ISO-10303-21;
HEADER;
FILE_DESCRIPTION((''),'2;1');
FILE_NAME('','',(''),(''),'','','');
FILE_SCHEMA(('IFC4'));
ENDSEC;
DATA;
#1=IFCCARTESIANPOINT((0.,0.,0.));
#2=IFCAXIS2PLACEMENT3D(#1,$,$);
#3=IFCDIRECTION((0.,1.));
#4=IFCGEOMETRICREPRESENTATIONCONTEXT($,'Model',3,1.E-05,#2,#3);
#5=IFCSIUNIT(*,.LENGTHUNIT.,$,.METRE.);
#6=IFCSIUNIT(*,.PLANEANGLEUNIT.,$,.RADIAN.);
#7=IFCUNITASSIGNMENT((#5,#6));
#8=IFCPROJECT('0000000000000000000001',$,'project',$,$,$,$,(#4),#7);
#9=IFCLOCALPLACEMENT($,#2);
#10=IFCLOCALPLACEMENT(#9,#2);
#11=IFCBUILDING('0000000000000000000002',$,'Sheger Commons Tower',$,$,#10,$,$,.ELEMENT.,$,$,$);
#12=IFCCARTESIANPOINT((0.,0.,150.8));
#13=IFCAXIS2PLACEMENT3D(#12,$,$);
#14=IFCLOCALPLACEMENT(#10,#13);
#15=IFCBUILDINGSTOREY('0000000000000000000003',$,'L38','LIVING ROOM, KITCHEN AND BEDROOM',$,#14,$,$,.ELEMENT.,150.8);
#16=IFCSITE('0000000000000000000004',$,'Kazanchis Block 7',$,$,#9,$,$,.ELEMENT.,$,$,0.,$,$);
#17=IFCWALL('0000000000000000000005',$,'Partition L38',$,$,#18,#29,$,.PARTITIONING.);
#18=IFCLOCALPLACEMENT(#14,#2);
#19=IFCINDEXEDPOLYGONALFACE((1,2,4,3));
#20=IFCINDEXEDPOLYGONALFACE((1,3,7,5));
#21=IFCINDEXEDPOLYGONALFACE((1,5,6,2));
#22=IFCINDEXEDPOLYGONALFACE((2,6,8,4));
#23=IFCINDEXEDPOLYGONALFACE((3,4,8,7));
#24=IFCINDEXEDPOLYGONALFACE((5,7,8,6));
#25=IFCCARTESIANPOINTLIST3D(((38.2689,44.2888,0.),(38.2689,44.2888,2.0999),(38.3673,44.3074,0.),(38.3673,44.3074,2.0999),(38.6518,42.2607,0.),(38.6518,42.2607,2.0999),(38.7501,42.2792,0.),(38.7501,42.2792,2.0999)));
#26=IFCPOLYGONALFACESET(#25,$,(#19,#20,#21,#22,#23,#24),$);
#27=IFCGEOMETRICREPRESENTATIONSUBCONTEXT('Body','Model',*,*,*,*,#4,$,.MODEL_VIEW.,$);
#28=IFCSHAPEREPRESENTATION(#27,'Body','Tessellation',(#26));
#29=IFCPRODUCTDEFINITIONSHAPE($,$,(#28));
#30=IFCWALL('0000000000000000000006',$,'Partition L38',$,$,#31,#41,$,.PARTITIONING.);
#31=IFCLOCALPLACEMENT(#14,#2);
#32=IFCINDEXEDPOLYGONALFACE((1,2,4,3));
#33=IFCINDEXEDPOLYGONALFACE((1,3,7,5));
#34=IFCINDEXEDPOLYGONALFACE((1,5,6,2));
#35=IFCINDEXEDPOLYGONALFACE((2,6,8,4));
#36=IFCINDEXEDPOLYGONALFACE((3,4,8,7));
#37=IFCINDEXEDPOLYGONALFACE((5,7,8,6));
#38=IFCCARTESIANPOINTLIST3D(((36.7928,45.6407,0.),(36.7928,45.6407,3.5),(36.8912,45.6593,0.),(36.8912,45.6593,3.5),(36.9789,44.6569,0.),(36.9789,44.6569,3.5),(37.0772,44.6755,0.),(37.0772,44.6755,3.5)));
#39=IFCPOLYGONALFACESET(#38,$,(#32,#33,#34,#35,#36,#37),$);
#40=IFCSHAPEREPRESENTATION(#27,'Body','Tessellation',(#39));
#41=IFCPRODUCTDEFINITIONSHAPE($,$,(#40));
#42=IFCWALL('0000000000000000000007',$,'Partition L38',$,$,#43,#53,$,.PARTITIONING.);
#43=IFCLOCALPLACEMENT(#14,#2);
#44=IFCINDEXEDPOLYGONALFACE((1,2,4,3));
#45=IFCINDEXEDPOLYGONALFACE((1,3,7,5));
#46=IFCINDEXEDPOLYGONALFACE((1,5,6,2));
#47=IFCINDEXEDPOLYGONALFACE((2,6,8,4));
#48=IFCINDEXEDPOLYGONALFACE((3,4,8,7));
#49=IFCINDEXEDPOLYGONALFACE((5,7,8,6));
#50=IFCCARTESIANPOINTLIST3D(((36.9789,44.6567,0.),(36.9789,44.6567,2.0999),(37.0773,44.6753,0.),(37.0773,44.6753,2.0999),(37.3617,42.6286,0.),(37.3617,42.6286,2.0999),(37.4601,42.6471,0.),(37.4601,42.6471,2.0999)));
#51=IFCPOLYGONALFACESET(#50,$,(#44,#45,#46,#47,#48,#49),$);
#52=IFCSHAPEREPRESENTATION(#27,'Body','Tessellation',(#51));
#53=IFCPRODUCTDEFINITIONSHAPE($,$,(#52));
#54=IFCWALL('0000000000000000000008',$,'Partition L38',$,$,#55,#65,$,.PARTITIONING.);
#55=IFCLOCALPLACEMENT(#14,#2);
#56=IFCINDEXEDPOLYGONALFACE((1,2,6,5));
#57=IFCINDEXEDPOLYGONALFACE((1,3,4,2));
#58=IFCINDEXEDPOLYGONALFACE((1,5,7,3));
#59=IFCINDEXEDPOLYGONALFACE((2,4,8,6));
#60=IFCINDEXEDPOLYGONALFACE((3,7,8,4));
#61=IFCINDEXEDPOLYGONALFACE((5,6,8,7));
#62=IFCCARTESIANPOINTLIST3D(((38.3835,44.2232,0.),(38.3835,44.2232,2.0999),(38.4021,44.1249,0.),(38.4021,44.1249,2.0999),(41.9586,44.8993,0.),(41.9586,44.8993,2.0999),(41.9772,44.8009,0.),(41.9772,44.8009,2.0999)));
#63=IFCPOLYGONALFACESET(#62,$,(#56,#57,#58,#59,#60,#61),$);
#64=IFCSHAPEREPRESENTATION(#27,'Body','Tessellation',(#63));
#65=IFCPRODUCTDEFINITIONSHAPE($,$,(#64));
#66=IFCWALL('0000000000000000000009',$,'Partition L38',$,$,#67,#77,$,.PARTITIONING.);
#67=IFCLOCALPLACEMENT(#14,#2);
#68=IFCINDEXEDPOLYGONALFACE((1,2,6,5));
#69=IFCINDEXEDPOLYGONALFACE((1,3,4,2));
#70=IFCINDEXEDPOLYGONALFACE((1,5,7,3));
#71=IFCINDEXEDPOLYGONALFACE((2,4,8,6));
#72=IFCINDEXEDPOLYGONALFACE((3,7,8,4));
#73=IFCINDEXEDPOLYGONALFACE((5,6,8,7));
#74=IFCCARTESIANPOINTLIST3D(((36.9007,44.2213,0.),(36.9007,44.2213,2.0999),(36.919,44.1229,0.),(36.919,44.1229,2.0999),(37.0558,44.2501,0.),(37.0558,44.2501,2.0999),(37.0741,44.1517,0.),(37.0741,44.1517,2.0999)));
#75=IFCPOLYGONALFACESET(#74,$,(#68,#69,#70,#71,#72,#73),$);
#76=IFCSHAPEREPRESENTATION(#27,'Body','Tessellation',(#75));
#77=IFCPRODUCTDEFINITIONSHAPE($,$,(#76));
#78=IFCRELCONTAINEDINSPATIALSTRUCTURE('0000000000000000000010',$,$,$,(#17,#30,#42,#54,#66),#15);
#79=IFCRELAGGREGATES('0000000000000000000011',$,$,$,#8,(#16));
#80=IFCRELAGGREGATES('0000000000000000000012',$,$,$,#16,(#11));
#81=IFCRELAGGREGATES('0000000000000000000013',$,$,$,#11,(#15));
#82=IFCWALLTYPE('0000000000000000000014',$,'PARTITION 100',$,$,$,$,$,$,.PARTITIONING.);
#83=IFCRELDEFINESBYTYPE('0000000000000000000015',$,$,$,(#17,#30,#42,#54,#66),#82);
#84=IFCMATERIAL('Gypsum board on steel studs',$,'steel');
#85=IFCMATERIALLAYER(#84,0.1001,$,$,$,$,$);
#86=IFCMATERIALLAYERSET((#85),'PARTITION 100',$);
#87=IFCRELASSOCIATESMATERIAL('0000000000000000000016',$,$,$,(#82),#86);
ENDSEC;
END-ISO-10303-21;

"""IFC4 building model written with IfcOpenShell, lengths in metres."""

from ifc_helpers import new_model, si_unit, direction, frame, frame_2d, origin, place, context, subcontext, project, spatial, rectangle, extrude, material, layer, layer_set, type_object, element, save


model = new_model("IFC4")

# Units and contexts
model_context = context("Model", 3, precision=1e-05, world=origin(), true_north=direction((0.0, 1.0)))
body_context = subcontext(model_context, "Body", "Model", "MODEL_VIEW")
ifc_project = project(units=[si_unit("LENGTHUNIT", "METRE"), si_unit("PLANEANGLEUNIT", "RADIAN")], contexts=[model_context])

# Site, building, storey
site_placement = place(None, origin())
site = spatial("IfcSite", under=ifc_project, at=site_placement, Name="Kazanchis Block 7", CompositionType="ELEMENT", RefElevation=0.0)
building_placement = place(site_placement, origin())
building = spatial("IfcBuilding", under=site, at=building_placement, Name="Sheger Commons Tower", CompositionType="ELEMENT")
storey_placement = place(building_placement, frame((0.0, 0.0, 150.8)))
storey = spatial("IfcBuildingStorey", under=building, at=storey_placement, Name="L38", Description="LIVING ROOM, KITCHEN AND BEDROOM", CompositionType="ELEMENT", Elevation=150.8)

# Walls
ifc_material_1 = material(Name="Gypsum board on steel studs", Category="steel")
ifc_layer_1 = layer(ifc_material_1, 0.1001)
ifc_layer_set_1 = layer_set([ifc_layer_1], Name="PARTITION 100")
wall_type_1 = type_object("IfcWallType", Name="PARTITION 100", PredefinedType="PARTITIONING", material=ifc_layer_set_1)
wall_1_placement = place(storey_placement, frame((38.3181, 44.2981, 0.0), z_axis=(0.0, 0.0, 1.0), x_axis=(0.185481, -0.982648, 0.0)))
element("IfcWall", 1, at=wall_1_placement, inside=storey, type_object=wall_type_1, Name="Partition L38", PredefinedType="PARTITIONING", context=body_context, shape_type="SweptSolid", body=[
    extrude(rectangle(XDim=2.064, YDim=0.1001, at=frame_2d((1.032, 0.0))), origin(), (0.0, 0.0, 1.0), 2.0999),
])
wall_2_placement = place(storey_placement, frame((36.842, 45.6499, 0.0), z_axis=(0.0, 0.0, 1.0), x_axis=(0.18579, -0.982589, 0.0)))
element("IfcWall", 2, at=wall_2_placement, inside=storey, type_object=wall_type_1, Name="Partition L38", PredefinedType="PARTITIONING", context=body_context, shape_type="SweptSolid", body=[
    extrude(rectangle(XDim=1.0012, YDim=0.1001, at=frame_2d((0.5005, 0.0))), origin(), (0.0, 0.0, 1.0), 3.5),
])
wall_3_placement = place(storey_placement, frame((37.0281, 44.666, 0.0), z_axis=(0.0, 0.0, 1.0), x_axis=(0.185481, -0.982648, 0.0)))
element("IfcWall", 3, at=wall_3_placement, inside=storey, type_object=wall_type_1, Name="Partition L38", PredefinedType="PARTITIONING", context=body_context, shape_type="SweptSolid", body=[
    extrude(rectangle(XDim=2.064, YDim=0.1001, at=frame_2d((1.032, 0.0))), origin(), (0.0, 0.0, 1.0), 2.0999),
])
wall_4_placement = place(storey_placement, frame((41.968, 44.8501, 0.0), z_axis=(0.0, 0.0, 1.0), x_axis=(-0.982586, -0.185808, 0.0)))
element("IfcWall", 4, at=wall_4_placement, inside=storey, type_object=wall_type_1, Name="Partition L38", PredefinedType="PARTITIONING", context=body_context, shape_type="SweptSolid", body=[
    extrude(rectangle(XDim=3.6384, YDim=0.1001, at=frame_2d((1.8193, 0.0))), origin(), (0.0, 0.0, 1.0), 2.0999),
])
wall_5_placement = place(storey_placement, frame((37.0649, 44.2009, 0.0), z_axis=(0.0, 0.0, 1.0), x_axis=(-0.983169, -0.182699, 0.0)))
element("IfcWall", 5, at=wall_5_placement, inside=storey, type_object=wall_type_1, Name="Partition L38", PredefinedType="PARTITIONING", context=body_context, shape_type="SweptSolid", body=[
    extrude(rectangle(XDim=0.1577, YDim=0.1001, at=frame_2d((0.0789, 0.0))), origin(), (0.0, 0.0, 1.0), 2.0999),
])

save(model, "model.ifc")
